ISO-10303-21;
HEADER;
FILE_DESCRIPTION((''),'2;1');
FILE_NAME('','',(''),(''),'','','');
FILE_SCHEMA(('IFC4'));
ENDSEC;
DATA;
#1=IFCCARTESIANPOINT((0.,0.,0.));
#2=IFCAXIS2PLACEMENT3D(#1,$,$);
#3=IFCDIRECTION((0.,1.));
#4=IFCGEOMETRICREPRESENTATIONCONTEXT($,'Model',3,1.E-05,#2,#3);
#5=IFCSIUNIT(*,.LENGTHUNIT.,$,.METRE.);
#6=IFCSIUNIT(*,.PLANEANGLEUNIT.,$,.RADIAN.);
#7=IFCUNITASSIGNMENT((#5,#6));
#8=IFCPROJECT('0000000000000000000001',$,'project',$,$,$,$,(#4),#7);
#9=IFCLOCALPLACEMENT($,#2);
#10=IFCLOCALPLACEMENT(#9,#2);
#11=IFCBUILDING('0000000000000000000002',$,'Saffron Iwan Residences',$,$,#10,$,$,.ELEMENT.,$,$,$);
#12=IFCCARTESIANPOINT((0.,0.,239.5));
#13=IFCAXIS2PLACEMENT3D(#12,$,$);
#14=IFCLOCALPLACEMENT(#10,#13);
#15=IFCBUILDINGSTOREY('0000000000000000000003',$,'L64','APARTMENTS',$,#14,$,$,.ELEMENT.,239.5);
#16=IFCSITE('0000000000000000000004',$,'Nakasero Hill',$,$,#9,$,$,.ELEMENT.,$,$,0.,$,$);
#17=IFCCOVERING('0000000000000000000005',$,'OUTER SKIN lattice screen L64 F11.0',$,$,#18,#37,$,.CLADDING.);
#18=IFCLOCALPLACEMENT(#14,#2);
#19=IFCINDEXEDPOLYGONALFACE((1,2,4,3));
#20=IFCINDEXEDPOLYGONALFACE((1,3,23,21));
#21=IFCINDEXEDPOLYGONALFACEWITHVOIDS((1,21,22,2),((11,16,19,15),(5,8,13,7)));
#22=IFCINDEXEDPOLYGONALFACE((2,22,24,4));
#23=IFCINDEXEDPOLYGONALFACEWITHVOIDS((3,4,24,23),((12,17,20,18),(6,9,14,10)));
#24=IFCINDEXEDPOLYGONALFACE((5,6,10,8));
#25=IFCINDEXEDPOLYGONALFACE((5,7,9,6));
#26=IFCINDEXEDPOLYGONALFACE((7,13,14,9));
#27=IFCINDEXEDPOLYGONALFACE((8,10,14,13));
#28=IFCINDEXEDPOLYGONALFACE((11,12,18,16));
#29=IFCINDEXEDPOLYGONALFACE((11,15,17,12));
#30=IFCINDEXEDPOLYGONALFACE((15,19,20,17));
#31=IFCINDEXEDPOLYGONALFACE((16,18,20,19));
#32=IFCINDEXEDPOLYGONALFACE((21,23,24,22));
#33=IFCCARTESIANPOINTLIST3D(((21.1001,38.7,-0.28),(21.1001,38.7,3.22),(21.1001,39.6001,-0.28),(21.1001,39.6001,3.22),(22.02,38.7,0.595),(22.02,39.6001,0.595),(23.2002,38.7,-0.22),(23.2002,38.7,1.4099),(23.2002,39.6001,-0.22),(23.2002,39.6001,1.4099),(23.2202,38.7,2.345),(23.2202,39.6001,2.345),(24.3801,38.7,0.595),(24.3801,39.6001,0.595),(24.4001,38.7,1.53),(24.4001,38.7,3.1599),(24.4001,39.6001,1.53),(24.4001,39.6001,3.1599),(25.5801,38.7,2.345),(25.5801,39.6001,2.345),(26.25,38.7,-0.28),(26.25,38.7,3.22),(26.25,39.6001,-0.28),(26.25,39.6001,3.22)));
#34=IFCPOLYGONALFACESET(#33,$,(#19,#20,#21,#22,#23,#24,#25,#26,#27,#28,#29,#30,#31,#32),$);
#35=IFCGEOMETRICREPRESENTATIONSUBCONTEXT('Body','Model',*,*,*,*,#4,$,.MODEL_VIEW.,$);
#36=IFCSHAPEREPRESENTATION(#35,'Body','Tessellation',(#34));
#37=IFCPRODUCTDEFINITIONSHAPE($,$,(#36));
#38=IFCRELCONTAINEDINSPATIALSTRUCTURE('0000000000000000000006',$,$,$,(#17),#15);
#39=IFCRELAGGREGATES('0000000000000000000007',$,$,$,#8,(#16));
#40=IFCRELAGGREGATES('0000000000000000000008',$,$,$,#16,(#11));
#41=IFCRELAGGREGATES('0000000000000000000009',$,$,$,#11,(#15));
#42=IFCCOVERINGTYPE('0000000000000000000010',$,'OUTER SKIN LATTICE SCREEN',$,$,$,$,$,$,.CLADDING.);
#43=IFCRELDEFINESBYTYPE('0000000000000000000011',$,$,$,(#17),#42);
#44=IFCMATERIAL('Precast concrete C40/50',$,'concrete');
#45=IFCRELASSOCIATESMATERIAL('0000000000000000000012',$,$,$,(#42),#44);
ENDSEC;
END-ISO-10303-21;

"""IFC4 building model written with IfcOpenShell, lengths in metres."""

from ifc_helpers import new_model, si_unit, direction, frame, origin, place, context, subcontext, project, spatial, polyline, outline, extrude, material, type_object, element, save


model = new_model("IFC4")

# Units and contexts
model_context = context("Model", 3, precision=1e-05, world=origin(), true_north=direction((0.0, 1.0)))
body_context = subcontext(model_context, "Body", "Model", "MODEL_VIEW")
ifc_project = project(units=[si_unit("LENGTHUNIT", "METRE"), si_unit("PLANEANGLEUNIT", "RADIAN")], contexts=[model_context])

# Site, building, storey
site_placement = place(None, origin())
site = spatial("IfcSite", under=ifc_project, at=site_placement, Name="Nakasero Hill", CompositionType="ELEMENT", RefElevation=0.0)
building_placement = place(site_placement, origin())
building = spatial("IfcBuilding", under=site, at=building_placement, Name="Saffron Iwan Residences", CompositionType="ELEMENT")
storey_placement = place(building_placement, frame((0.0, 0.0, 239.5)))
storey = spatial("IfcBuildingStorey", under=building, at=storey_placement, Name="L64", Description="APARTMENTS", CompositionType="ELEMENT", Elevation=239.5)

# Covering
ifc_material_1 = material(Name="Precast concrete C40/50", Category="concrete")
covering_type = type_object("IfcCoveringType", Name="OUTER SKIN LATTICE SCREEN", PredefinedType="CLADDING", material=ifc_material_1)
covering_placement = place(storey_placement, frame((21.1001, 39.6001, -0.28), z_axis=(0.0, -1.0, 0.0), x_axis=(1.0, 0.0, 0.0)))
element("IfcCovering", 1, at=covering_placement, inside=storey, type_object=covering_type, Name="OUTER SKIN lattice screen L64 F11.0", PredefinedType="CLADDING", context=body_context, shape_type="SweptSolid", body=[
    extrude(outline(polyline([(0.0, 0.0), (5.1499, 0.0), (5.1499, 3.5), (0.0, 3.5), (0.0, 0.0)]), holes=[polyline([(0.9199, 0.875), (2.1001, 0.0601), (3.28, 0.875), (2.1001, 1.6899), (0.9199, 0.875)]), polyline([(2.1201, 2.625), (3.3, 1.8101), (4.48, 2.625), (3.3, 3.4399), (2.1201, 2.625)])]), origin(), (0.0, 0.0, 1.0), 0.9001),
])

save(model, "model.ifc")
